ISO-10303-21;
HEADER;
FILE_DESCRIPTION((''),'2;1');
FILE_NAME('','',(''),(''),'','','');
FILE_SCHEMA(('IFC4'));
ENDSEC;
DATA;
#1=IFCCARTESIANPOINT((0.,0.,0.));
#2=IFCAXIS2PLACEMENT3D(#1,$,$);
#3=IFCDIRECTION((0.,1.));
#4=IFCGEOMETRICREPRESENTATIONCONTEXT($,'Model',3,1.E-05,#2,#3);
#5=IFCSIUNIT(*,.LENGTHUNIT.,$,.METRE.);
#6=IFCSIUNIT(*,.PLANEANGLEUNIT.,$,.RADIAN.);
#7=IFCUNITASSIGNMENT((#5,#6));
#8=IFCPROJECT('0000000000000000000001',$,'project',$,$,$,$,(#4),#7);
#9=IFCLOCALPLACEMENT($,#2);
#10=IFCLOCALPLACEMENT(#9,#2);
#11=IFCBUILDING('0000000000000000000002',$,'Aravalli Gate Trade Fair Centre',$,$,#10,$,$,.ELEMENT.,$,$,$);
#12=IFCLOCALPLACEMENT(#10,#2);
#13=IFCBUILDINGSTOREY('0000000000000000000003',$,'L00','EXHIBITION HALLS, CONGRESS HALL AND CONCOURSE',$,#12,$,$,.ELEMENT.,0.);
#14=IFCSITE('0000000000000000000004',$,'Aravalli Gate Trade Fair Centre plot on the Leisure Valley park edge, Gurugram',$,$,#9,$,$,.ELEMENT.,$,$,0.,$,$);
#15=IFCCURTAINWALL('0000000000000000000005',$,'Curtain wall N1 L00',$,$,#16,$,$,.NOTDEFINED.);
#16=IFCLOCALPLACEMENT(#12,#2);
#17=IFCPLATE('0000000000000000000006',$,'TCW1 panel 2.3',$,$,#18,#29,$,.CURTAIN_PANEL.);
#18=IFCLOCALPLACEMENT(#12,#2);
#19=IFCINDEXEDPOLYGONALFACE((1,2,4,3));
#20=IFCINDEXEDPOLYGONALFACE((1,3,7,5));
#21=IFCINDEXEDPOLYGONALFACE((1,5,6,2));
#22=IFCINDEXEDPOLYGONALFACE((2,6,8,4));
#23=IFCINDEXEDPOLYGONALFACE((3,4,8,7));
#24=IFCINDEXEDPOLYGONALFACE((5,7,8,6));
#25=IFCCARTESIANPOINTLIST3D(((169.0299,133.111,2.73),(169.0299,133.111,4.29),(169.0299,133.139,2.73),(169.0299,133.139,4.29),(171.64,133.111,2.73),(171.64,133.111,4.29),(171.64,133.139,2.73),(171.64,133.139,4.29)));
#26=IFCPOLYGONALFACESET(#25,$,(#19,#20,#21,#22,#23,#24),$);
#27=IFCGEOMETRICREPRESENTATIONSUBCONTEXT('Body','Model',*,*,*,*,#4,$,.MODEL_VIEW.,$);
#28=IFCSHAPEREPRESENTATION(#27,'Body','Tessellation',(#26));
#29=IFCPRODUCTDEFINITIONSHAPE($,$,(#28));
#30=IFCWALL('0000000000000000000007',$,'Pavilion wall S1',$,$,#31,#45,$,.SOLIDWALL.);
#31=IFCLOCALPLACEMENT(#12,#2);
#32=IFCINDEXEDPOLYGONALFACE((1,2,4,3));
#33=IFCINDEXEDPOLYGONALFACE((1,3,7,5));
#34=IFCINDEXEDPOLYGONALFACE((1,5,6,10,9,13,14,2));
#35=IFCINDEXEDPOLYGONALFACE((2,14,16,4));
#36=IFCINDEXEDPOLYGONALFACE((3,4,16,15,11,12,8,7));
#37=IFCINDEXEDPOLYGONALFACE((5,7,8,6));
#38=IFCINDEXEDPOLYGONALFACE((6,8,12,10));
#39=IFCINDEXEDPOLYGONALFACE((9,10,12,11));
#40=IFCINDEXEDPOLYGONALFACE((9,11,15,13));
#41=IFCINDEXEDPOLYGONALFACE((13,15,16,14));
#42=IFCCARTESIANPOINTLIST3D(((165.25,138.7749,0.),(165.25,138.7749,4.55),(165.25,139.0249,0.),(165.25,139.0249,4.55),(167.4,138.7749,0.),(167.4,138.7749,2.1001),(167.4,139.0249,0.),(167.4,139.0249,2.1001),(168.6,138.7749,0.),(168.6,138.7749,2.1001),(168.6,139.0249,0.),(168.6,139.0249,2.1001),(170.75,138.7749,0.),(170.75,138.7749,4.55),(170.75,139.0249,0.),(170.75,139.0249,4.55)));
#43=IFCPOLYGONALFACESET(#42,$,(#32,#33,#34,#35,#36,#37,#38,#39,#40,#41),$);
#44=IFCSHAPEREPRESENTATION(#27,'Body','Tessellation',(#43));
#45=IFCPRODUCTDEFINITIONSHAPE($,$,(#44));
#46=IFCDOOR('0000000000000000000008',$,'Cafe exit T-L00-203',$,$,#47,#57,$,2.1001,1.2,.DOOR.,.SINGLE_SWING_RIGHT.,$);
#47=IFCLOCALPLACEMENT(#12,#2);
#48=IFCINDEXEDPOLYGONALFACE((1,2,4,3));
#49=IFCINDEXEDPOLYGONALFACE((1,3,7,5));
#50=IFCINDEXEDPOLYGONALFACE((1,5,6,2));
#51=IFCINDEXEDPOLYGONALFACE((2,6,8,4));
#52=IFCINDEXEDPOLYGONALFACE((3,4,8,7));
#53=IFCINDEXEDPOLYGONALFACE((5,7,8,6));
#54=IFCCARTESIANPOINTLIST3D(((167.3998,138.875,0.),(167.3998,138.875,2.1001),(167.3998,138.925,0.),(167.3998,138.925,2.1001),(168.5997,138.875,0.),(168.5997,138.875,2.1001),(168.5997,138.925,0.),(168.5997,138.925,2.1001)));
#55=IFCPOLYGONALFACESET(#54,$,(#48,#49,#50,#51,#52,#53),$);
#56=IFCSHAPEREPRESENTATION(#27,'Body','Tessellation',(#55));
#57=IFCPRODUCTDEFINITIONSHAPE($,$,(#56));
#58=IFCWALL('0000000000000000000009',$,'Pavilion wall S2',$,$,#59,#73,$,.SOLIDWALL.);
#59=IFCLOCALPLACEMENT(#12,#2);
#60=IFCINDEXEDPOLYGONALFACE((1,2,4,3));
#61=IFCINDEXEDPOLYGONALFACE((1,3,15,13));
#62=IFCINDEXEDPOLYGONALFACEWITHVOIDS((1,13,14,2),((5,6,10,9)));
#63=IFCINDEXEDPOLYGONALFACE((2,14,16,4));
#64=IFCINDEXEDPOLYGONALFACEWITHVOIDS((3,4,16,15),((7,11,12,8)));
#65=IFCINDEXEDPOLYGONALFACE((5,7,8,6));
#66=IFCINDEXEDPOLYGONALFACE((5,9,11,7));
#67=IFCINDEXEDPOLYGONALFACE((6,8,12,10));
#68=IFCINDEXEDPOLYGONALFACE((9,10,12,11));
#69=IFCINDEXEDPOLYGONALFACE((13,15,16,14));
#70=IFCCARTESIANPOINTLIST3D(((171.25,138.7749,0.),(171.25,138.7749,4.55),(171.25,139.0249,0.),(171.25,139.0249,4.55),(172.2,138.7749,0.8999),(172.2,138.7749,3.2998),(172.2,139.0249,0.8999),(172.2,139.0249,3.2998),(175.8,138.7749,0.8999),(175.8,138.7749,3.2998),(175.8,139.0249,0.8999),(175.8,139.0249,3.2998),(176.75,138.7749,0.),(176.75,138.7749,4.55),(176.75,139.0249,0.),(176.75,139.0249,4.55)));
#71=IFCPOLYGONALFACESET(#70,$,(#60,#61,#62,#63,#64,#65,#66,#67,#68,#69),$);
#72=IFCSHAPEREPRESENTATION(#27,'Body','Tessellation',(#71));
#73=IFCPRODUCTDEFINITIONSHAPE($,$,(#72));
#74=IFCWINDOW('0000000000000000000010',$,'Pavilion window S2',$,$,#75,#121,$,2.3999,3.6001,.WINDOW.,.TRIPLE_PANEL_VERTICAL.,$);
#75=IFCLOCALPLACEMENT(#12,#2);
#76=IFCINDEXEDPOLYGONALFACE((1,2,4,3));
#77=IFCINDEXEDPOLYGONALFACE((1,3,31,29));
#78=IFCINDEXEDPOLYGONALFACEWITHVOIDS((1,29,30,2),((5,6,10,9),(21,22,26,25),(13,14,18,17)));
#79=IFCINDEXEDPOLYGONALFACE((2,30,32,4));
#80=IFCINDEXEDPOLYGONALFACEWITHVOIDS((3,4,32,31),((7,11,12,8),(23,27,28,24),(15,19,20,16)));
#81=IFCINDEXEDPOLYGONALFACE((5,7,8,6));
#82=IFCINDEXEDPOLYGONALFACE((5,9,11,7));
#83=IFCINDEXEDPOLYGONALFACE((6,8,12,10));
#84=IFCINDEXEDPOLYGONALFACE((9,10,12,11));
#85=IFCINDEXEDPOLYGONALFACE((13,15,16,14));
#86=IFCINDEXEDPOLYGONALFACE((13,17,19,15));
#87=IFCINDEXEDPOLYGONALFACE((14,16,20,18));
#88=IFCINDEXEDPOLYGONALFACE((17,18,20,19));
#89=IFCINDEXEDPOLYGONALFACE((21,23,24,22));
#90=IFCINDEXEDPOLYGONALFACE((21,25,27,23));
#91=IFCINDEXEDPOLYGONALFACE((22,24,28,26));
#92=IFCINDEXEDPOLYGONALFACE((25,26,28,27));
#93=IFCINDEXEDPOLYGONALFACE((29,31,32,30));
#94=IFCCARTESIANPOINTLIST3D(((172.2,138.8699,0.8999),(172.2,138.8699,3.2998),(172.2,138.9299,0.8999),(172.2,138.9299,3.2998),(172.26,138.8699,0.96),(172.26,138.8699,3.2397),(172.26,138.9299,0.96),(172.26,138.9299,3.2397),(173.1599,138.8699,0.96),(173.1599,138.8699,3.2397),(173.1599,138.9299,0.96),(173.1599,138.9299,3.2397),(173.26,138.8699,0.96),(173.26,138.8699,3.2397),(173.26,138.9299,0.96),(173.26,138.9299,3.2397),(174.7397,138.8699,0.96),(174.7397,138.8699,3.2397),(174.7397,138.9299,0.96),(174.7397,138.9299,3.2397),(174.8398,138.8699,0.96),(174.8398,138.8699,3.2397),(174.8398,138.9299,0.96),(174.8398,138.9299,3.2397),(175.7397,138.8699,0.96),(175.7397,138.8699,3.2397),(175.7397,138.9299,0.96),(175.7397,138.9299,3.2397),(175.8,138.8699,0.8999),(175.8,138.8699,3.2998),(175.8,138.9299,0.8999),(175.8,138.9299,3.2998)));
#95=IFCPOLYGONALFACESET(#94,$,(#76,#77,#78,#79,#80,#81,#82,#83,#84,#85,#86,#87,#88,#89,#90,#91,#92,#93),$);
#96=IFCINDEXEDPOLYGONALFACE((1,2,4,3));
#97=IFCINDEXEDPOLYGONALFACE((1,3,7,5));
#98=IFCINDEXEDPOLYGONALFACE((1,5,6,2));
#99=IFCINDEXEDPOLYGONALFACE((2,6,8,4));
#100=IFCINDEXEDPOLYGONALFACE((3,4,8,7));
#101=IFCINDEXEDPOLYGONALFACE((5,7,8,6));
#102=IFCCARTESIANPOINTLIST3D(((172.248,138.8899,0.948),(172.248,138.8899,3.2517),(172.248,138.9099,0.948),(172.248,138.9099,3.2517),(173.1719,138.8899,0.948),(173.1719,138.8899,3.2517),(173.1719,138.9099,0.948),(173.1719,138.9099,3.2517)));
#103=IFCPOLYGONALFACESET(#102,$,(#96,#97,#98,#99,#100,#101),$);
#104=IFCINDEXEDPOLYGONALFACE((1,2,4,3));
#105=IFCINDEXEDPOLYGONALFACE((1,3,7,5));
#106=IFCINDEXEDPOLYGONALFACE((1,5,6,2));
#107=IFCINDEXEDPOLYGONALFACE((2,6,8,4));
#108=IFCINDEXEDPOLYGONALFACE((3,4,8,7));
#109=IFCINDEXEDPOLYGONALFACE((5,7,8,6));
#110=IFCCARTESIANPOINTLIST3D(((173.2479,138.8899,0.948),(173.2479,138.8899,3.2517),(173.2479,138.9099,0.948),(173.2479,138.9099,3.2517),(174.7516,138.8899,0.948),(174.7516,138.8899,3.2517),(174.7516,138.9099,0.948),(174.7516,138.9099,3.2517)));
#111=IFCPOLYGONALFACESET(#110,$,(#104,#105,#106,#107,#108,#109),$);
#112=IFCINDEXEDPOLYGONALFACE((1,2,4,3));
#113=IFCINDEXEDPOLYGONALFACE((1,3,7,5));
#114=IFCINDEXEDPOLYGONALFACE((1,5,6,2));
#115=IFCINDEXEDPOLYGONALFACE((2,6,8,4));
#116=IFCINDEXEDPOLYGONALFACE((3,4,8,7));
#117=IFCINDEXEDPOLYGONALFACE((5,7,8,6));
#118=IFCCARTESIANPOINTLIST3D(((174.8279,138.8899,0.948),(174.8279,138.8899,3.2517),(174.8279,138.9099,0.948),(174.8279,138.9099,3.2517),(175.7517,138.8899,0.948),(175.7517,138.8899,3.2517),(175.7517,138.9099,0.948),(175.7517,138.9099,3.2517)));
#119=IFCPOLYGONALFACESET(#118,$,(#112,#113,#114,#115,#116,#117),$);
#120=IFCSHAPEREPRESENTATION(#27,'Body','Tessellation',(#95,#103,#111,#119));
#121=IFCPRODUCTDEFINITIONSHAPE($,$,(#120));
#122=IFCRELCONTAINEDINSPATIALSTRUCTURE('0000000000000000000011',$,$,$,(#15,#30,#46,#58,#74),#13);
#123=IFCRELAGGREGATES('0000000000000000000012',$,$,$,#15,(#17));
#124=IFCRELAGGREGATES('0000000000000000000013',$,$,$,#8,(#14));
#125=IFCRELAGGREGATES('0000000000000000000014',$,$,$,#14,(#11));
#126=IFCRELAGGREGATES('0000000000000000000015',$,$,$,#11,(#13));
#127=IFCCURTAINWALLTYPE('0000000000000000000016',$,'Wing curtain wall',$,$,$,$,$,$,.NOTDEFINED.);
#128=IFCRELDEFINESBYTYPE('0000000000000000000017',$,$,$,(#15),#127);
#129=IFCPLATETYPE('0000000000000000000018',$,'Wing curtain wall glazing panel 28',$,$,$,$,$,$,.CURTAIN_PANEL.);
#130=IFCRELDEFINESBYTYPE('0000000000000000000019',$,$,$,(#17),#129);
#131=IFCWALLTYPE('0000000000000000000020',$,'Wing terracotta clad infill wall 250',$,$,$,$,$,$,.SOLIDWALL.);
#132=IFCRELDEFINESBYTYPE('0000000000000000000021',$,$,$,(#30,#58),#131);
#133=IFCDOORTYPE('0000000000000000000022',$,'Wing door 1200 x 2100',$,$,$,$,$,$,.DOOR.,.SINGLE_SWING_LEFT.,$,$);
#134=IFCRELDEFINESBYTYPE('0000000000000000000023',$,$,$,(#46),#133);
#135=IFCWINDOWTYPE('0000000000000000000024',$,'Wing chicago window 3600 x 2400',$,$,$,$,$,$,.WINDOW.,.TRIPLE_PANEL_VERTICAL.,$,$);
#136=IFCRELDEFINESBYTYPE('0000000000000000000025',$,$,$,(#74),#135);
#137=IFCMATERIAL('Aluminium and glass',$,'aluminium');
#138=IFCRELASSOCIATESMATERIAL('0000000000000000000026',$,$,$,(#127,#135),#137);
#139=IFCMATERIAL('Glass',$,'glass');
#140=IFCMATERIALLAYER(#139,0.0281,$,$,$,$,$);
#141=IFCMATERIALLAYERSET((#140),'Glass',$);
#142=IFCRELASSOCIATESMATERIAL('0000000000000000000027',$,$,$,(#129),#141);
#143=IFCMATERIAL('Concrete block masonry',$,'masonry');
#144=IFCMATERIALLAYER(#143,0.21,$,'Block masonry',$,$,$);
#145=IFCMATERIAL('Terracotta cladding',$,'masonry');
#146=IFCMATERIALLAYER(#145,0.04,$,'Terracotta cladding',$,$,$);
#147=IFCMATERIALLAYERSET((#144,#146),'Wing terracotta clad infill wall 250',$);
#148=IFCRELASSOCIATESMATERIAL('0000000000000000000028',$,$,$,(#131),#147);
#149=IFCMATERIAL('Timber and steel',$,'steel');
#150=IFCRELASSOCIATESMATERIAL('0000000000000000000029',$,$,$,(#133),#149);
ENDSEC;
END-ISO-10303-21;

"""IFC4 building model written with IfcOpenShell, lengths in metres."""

from ifc_helpers import new_model, si_unit, direction, frame, frame_2d, origin, origin_2d, place, context, subcontext, project, spatial, polyline, rectangle, outline, extrude, material, layer, layer_set, type_object, element, fill, aggregate, save


model = new_model("IFC4")

# Units and contexts
model_context = context("Model", 3, precision=1e-05, world=origin(), true_north=direction((0.0, 1.0)))
body_context = subcontext(model_context, "Body", "Model", "MODEL_VIEW")
ifc_project = project(units=[si_unit("LENGTHUNIT", "METRE"), si_unit("PLANEANGLEUNIT", "RADIAN")], contexts=[model_context])

# Site, building, storey
site_placement = place(None, origin())
site = spatial("IfcSite", under=ifc_project, at=site_placement, Name="Aravalli Gate Trade Fair Centre plot on the Leisure Valley park edge, Gurugram", CompositionType="ELEMENT", RefElevation=0.0)
building_placement = place(site_placement, origin())
building = spatial("IfcBuilding", under=site, at=building_placement, Name="Aravalli Gate Trade Fair Centre", CompositionType="ELEMENT")
storey_placement = place(building_placement, origin())
storey = spatial("IfcBuildingStorey", under=building, at=storey_placement, Name="L00", Description="EXHIBITION HALLS, CONGRESS HALL AND CONCOURSE", CompositionType="ELEMENT", Elevation=0.0)

# Curtain wall, plate
ifc_material_1 = material(Name="Aluminium and glass", Category="aluminium")
curtain_wall_type = type_object("IfcCurtainWallType", Name="Wing curtain wall", PredefinedType="NOTDEFINED", material=ifc_material_1)
curtain_wall_placement = place(storey_placement, origin())
curtain_wall = element("IfcCurtainWall", 1, at=curtain_wall_placement, inside=storey, type_object=curtain_wall_type, Name="Curtain wall N1 L00", PredefinedType="NOTDEFINED")
ifc_material_2 = material(Name="Glass", Category="glass")
ifc_layer_1 = layer(ifc_material_2, 0.0281)
ifc_layer_set_1 = layer_set([ifc_layer_1], Name="Glass")
plate_type = type_object("IfcPlateType", Name="Wing curtain wall glazing panel 28", PredefinedType="CURTAIN_PANEL", material=ifc_layer_set_1)
plate_1_placement = place(storey_placement, frame((170.335, 133.125, 2.73), z_axis=(0.0, 0.0, 1.0), x_axis=(1.0, 0.0, 0.0)))
plate_1 = element("IfcPlate", 2, at=plate_1_placement, type_object=plate_type, Name="TCW1 panel 2.3", PredefinedType="CURTAIN_PANEL", context=body_context, shape_type="SweptSolid", body=[
    extrude(rectangle(XDim=2.6101, YDim=0.0281, at=origin_2d()), origin(), (0.0, 0.0, 1.0), 1.5601),
])
aggregate(curtain_wall, [plate_1])

# Wall, opening, door
ifc_material_3 = material(Name="Concrete block masonry", Category="masonry")
ifc_layer_2 = layer(ifc_material_3, 0.21, Name="Block masonry")
ifc_material_4 = material(Name="Terracotta cladding", Category="masonry")
ifc_layer_3 = layer(ifc_material_4, 0.04, Name="Terracotta cladding")
ifc_layer_set_2 = layer_set([ifc_layer_2, ifc_layer_3], Name="Wing terracotta clad infill wall 250")
wall_type = type_object("IfcWallType", Name="Wing terracotta clad infill wall 250", PredefinedType="SOLIDWALL", material=ifc_layer_set_2)
wall_1_placement = place(storey_placement, frame((165.25, 138.8999, 0.0), z_axis=(0.0, 0.0, 1.0), x_axis=(1.0, 0.0, 0.0)))
wall_1 = element("IfcWall", 3, at=wall_1_placement, inside=storey, type_object=wall_type, Name="Pavilion wall S1", PredefinedType="SOLIDWALL", context=body_context, shape_type="SweptSolid", body=[
    extrude(rectangle(XDim=5.5, YDim=0.25, at=frame_2d((2.75, 0.0))), origin(), (0.0, 0.0, 1.0), 4.55),
])
opening_1_placement = place(wall_1_placement, frame((2.1499, 0.0, 0.0)))
opening_1 = element("IfcOpeningElement", 4, at=opening_1_placement, cuts=wall_1, PredefinedType="OPENING", context=body_context, shape_type="SweptSolid", body=[
    extrude(rectangle(XDim=1.2, YDim=2.1001, at=frame_2d((0.6001, 1.05))), frame((0.0, 0.135, 0.0), z_axis=(0.0, -1.0, 0.0), x_axis=(1.0, 0.0, 0.0)), (0.0, 0.0, 1.0), 0.27),
])
ifc_material_5 = material(Name="Timber and steel", Category="steel")
door_type = type_object("IfcDoorType", Name="Wing door 1200 x 2100", OperationType="SINGLE_SWING_LEFT", PredefinedType="DOOR", material=ifc_material_5)
door_placement = place(opening_1_placement, frame((1.2, 0.0, 0.0), z_axis=(0.0, 0.0, 1.0), x_axis=(-1.0, 0.0, 0.0)))
door = element("IfcDoor", 5, at=door_placement, inside=storey, type_object=door_type, Name="Cafe exit T-L00-203", OperationType="SINGLE_SWING_RIGHT", OverallHeight=2.1001, OverallWidth=1.2, PredefinedType="DOOR", context=body_context, shape_type="SweptSolid", body=[
    extrude(rectangle(XDim=1.2, YDim=2.1001, at=frame_2d((0.6001, 1.05))), frame((0.0, 0.0249, 0.0), z_axis=(0.0, -1.0, 0.0), x_axis=(1.0, 0.0, 0.0)), (0.0, 0.0, 1.0), 0.05),
])
fill(opening_1, door)

# Wall, opening, window
wall_2_placement = place(storey_placement, frame((171.25, 138.8999, 0.0), z_axis=(0.0, 0.0, 1.0), x_axis=(1.0, 0.0, 0.0)))
wall_2 = element("IfcWall", 6, at=wall_2_placement, inside=storey, type_object=wall_type, Name="Pavilion wall S2", PredefinedType="SOLIDWALL", context=body_context, shape_type="SweptSolid", body=[
    extrude(rectangle(XDim=5.5, YDim=0.25, at=frame_2d((2.75, 0.0))), origin(), (0.0, 0.0, 1.0), 4.55),
])
opening_2_placement = place(wall_2_placement, frame((0.95, 0.0, 0.8999)))
opening_2 = element("IfcOpeningElement", 7, at=opening_2_placement, cuts=wall_2, PredefinedType="OPENING", context=body_context, shape_type="SweptSolid", body=[
    extrude(rectangle(XDim=3.6001, YDim=2.3999, at=frame_2d((1.8, 1.2))), frame((0.0, 0.135, 0.0), z_axis=(0.0, -1.0, 0.0), x_axis=(1.0, 0.0, 0.0)), (0.0, 0.0, 1.0), 0.27),
])
window_type = type_object("IfcWindowType", Name="Wing chicago window 3600 x 2400", PartitioningType="TRIPLE_PANEL_VERTICAL", PredefinedType="WINDOW", material=ifc_material_1)
window_1_placement = place(opening_2_placement, origin())
window_1 = element("IfcWindow", 8, at=window_1_placement, inside=storey, type_object=window_type, Name="Pavilion window S2", OverallHeight=2.3999, OverallWidth=3.6001, PartitioningType="TRIPLE_PANEL_VERTICAL", PredefinedType="WINDOW", context=body_context, shape_type="SweptSolid", body=[
    extrude(outline(polyline([(0.0, 0.0), (3.6001, 0.0), (3.6001, 2.3999), (0.0, 2.3999), (0.0, 0.0)]), holes=[polyline([(0.0601, 0.0601), (0.96, 0.0601), (0.96, 2.3398), (0.0601, 2.3398), (0.0601, 0.0601)]), polyline([(1.0601, 0.0601), (2.5398, 0.0601), (2.5398, 2.3398), (1.0601, 2.3398), (1.0601, 0.0601)]), polyline([(2.6399, 0.0601), (3.5398, 0.0601), (3.5398, 2.3398), (2.6399, 2.3398), (2.6399, 0.0601)])]), frame((0.0, 0.03, 0.0), z_axis=(0.0, -1.0, 0.0), x_axis=(1.0, 0.0, 0.0)), (0.0, 0.0, 1.0), 0.0601),
    extrude(rectangle(XDim=0.9238, YDim=2.3037, at=frame_2d((0.51, 1.2))), frame((0.0, 0.01, 0.0), z_axis=(0.0, -1.0, 0.0), x_axis=(1.0, 0.0, 0.0)), (0.0, 0.0, 1.0), 0.02),
    extrude(rectangle(XDim=1.5037, YDim=2.3037, at=frame_2d((1.7998, 1.2))), frame((0.0, 0.01, 0.0), z_axis=(0.0, -1.0, 0.0), x_axis=(1.0, 0.0, 0.0)), (0.0, 0.0, 1.0), 0.02),
    extrude(rectangle(XDim=0.9238, YDim=2.3037, at=frame_2d((3.0898, 1.2))), frame((0.0, 0.01, 0.0), z_axis=(0.0, -1.0, 0.0), x_axis=(1.0, 0.0, 0.0)), (0.0, 0.0, 1.0), 0.02),
])
fill(opening_2, window_1)

save(model, "model.ifc")
